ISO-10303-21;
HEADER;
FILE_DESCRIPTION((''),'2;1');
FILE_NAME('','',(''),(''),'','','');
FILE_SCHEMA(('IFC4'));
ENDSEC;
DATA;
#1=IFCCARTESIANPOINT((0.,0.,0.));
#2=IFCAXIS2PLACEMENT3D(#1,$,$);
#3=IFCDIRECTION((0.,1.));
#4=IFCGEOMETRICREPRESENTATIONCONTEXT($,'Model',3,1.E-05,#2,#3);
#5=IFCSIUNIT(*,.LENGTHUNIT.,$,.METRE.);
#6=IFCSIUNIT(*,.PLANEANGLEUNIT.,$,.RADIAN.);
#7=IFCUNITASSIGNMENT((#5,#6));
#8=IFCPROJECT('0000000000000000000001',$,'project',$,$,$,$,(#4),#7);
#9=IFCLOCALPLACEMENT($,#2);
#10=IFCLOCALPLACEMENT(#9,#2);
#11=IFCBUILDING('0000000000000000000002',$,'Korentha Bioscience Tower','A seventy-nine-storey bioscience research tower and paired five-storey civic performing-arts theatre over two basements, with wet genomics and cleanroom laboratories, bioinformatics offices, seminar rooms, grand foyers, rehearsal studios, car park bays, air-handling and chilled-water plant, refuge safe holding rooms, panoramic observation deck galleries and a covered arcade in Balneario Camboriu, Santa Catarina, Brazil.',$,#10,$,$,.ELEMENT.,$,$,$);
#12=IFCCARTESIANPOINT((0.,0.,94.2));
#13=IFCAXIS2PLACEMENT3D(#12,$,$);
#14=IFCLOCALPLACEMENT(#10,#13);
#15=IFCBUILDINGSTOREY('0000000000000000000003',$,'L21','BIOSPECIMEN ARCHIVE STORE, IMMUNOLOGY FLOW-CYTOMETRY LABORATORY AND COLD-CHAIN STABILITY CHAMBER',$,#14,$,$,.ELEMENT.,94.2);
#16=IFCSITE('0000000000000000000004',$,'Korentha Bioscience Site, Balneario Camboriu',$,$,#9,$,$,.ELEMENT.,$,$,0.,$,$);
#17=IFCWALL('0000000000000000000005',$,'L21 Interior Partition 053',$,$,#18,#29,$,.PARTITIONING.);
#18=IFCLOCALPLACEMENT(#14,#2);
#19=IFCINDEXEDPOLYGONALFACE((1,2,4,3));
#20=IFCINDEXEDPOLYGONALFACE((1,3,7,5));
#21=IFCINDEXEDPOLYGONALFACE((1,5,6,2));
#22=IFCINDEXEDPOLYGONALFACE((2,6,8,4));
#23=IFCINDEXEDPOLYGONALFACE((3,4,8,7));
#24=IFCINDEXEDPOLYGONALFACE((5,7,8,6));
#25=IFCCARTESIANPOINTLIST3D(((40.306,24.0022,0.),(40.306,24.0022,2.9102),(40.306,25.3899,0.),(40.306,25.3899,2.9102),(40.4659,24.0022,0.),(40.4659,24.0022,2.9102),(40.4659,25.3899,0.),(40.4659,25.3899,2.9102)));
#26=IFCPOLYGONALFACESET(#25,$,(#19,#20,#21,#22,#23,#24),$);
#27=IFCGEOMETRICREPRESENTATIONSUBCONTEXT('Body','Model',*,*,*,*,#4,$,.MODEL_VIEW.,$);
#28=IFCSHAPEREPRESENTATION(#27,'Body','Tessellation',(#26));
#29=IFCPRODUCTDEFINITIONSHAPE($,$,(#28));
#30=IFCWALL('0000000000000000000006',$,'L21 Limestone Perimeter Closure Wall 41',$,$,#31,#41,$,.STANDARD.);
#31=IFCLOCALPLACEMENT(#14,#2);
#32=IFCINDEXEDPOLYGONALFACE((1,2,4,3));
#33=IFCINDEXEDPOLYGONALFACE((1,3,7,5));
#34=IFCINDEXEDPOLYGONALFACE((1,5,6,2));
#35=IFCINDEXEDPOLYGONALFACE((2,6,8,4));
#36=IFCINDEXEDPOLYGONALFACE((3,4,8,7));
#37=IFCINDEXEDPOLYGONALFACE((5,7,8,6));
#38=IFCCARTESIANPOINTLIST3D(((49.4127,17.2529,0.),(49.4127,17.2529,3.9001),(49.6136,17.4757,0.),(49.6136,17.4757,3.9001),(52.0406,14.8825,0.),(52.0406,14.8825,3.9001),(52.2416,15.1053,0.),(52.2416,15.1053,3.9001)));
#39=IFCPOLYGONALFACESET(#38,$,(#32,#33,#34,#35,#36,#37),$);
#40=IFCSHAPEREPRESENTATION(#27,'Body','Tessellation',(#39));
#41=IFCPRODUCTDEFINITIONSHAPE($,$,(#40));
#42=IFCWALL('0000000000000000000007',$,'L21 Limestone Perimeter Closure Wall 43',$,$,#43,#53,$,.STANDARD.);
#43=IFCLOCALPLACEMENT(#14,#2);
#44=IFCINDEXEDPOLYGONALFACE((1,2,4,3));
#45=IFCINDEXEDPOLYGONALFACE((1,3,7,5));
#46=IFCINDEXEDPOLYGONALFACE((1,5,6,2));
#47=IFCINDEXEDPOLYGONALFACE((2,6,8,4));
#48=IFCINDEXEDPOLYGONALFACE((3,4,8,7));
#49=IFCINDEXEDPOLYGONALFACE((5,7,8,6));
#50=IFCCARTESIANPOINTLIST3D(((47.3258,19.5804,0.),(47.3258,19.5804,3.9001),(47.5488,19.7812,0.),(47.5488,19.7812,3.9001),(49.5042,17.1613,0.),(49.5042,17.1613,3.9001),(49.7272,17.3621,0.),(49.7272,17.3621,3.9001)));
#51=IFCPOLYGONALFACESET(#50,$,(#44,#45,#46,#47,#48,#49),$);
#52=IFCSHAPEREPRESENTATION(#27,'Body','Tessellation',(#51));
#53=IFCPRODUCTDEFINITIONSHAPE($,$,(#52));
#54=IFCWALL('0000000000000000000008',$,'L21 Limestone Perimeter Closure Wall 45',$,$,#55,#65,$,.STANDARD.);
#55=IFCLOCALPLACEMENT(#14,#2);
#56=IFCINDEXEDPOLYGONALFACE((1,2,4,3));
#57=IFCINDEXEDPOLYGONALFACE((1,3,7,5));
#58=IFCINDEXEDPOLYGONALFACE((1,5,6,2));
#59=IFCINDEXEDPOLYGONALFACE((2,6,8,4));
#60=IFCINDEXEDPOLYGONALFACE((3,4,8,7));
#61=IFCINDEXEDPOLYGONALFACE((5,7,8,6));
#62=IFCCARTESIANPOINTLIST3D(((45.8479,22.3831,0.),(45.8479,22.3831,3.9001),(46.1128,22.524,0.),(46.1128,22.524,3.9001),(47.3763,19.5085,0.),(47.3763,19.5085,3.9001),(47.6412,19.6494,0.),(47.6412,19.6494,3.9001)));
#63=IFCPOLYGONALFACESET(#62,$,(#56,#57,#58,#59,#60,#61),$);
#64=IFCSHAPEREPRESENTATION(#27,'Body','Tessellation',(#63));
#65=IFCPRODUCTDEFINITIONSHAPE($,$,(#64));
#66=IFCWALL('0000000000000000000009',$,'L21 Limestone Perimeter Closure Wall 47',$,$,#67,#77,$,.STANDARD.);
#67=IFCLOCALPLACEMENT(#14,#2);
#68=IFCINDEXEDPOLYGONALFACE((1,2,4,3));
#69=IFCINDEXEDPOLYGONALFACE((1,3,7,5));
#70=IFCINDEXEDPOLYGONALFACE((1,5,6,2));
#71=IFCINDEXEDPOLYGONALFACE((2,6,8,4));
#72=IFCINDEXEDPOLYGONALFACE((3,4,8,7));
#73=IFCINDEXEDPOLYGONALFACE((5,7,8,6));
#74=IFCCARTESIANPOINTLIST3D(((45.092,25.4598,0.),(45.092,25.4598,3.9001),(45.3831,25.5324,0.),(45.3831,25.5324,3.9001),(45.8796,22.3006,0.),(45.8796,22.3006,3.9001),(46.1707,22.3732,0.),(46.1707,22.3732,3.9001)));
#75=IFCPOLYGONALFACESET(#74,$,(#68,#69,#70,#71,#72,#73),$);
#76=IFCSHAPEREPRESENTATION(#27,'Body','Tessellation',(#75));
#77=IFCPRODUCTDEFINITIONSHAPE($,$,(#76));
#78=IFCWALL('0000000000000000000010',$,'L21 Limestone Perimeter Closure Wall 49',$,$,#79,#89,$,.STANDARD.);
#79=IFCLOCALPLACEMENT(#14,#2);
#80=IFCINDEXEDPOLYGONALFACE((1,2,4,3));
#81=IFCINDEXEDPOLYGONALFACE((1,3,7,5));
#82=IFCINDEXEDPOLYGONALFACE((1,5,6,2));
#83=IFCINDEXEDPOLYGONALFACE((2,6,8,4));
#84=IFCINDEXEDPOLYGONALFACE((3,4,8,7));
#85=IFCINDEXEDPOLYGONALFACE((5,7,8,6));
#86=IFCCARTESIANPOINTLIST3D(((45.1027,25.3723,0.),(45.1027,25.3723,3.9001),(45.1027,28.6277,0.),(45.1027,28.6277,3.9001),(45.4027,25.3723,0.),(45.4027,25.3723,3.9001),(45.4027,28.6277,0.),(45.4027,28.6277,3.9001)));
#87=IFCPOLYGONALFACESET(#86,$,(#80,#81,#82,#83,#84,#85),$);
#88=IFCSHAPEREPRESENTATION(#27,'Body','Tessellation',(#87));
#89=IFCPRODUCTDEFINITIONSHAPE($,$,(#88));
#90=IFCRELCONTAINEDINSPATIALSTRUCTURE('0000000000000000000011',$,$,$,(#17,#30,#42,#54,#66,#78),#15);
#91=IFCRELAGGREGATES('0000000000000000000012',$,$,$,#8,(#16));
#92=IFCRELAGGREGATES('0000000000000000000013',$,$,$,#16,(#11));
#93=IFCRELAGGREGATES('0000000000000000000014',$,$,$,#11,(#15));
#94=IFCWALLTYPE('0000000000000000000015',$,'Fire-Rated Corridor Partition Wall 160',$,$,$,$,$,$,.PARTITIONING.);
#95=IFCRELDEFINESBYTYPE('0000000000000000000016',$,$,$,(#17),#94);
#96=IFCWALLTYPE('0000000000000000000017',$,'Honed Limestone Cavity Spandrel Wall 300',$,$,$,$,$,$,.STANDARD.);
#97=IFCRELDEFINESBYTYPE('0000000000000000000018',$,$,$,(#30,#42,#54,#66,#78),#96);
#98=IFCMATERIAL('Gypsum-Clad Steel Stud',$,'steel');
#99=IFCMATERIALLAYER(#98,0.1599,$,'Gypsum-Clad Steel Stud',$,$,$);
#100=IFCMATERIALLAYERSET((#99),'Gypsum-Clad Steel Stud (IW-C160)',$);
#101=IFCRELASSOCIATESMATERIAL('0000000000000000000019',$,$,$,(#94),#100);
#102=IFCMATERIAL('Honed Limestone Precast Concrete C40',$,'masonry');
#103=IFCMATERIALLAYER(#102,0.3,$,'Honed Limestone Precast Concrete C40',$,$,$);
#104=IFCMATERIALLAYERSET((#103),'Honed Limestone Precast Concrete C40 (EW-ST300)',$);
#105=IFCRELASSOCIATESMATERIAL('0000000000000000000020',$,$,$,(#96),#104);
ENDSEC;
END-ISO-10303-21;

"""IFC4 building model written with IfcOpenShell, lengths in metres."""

from ifc_helpers import new_model, si_unit, direction, frame, frame_2d, origin, place, context, subcontext, project, spatial, rectangle, extrude, material, layer, layer_set, type_object, element, save


model = new_model("IFC4")

# Units and contexts
model_context = context("Model", 3, precision=1e-05, world=origin(), true_north=direction((0.0, 1.0)))
body_context = subcontext(model_context, "Body", "Model", "MODEL_VIEW")
ifc_project = project(units=[si_unit("LENGTHUNIT", "METRE"), si_unit("PLANEANGLEUNIT", "RADIAN")], contexts=[model_context])

# Site, building, storey
site_placement = place(None, origin())
site = spatial("IfcSite", under=ifc_project, at=site_placement, Name="Korentha Bioscience Site, Balneario Camboriu", CompositionType="ELEMENT", RefElevation=0.0)
building_placement = place(site_placement, origin())
building = spatial("IfcBuilding", under=site, at=building_placement, Name="Korentha Bioscience Tower", Description="A seventy-nine-storey bioscience research tower and paired five-storey civic performing-arts theatre over two basements, with wet genomics and cleanroom laboratories, bioinformatics offices, seminar rooms, grand foyers, rehearsal studios, car park bays, air-handling and chilled-water plant, refuge safe holding rooms, panoramic observation deck galleries and a covered arcade in Balneario Camboriu, Santa Catarina, Brazil.", CompositionType="ELEMENT")
storey_placement = place(building_placement, frame((0.0, 0.0, 94.2)))
storey = spatial("IfcBuildingStorey", under=building, at=storey_placement, Name="L21", Description="BIOSPECIMEN ARCHIVE STORE, IMMUNOLOGY FLOW-CYTOMETRY LABORATORY AND COLD-CHAIN STABILITY CHAMBER", CompositionType="ELEMENT", Elevation=94.2)

# Shared definitions
ifc_material_1 = material(Name="Gypsum-Clad Steel Stud", Category="steel")
ifc_layer_1 = layer(ifc_material_1, 0.1599, Name="Gypsum-Clad Steel Stud")
ifc_layer_set_1 = layer_set([ifc_layer_1], Name="Gypsum-Clad Steel Stud (IW-C160)")
wall_type_1 = type_object("IfcWallType", Name="Fire-Rated Corridor Partition Wall 160", PredefinedType="PARTITIONING", material=ifc_layer_set_1)

# Walls
wall_1_placement = place(storey_placement, frame((40.386, 25.3899, 0.0), z_axis=(0.0, 0.0, 1.0), x_axis=(0.0, -1.0, 0.0)))
element("IfcWall", 1, at=wall_1_placement, inside=storey, type_object=wall_type_1, Name="L21 Interior Partition 053", PredefinedType="PARTITIONING", context=body_context, shape_type="SweptSolid", body=[
    extrude(rectangle(XDim=1.3877, YDim=0.1599, at=frame_2d((0.6938, 0.0))), origin(), (0.0, 0.0, 1.0), 2.9102),
])
ifc_material_2 = material(Name="Honed Limestone Precast Concrete C40", Category="masonry")
ifc_layer_2 = layer(ifc_material_2, 0.3, Name="Honed Limestone Precast Concrete C40")
ifc_layer_set_2 = layer_set([ifc_layer_2], Name="Honed Limestone Precast Concrete C40 (EW-ST300)")
wall_type_2 = type_object("IfcWallType", Name="Honed Limestone Cavity Spandrel Wall 300", PredefinedType="STANDARD", material=ifc_layer_set_2)
wall_2_placement = place(storey_placement, frame((52.1411, 14.9939, 0.0), z_axis=(0.0, 0.0, 1.0), x_axis=(-0.74256, 0.66978, 0.0)))
element("IfcWall", 2, at=wall_2_placement, inside=storey, type_object=wall_type_2, Name="L21 Limestone Perimeter Closure Wall 41", PredefinedType="STANDARD", context=body_context, shape_type="SweptSolid", body=[
    extrude(rectangle(XDim=3.5391, YDim=0.3, at=frame_2d((1.7695, 0.0))), origin(), (0.0, 0.0, 1.0), 3.9001),
])
wall_3_placement = place(storey_placement, frame((49.6157, 17.2617, 0.0), z_axis=(0.0, 0.0, 1.0), x_axis=(-0.669168, 0.743111, 0.0)))
element("IfcWall", 3, at=wall_3_placement, inside=storey, type_object=wall_type_2, Name="L21 Limestone Perimeter Closure Wall 43", PredefinedType="STANDARD", context=body_context, shape_type="SweptSolid", body=[
    extrude(rectangle(XDim=3.2554, YDim=0.3, at=frame_2d((1.6277, 0.0))), origin(), (0.0, 0.0, 1.0), 3.9001),
])
wall_4_placement = place(storey_placement, frame((47.5088, 19.5789, 0.0), z_axis=(0.0, 0.0, 1.0), x_axis=(-0.469451, 0.882958, 0.0)))
element("IfcWall", 4, at=wall_4_placement, inside=storey, type_object=wall_type_2, Name="L21 Limestone Perimeter Closure Wall 45", PredefinedType="STANDARD", context=body_context, shape_type="SweptSolid", body=[
    extrude(rectangle(XDim=3.2556, YDim=0.3, at=frame_2d((1.6279, 0.0))), origin(), (0.0, 0.0, 1.0), 3.9001),
])
wall_5_placement = place(storey_placement, frame((46.0251, 22.3369, 0.0), z_axis=(0.0, 0.0, 1.0), x_axis=(-0.2419, 0.970301, 0.0)))
element("IfcWall", 5, at=wall_5_placement, inside=storey, type_object=wall_type_2, Name="L21 Limestone Perimeter Closure Wall 47", PredefinedType="STANDARD", context=body_context, shape_type="SweptSolid", body=[
    extrude(rectangle(XDim=3.2559, YDim=0.3, at=frame_2d((1.6279, 0.0))), origin(), (0.0, 0.0, 1.0), 3.9001),
])
wall_6_placement = place(storey_placement, frame((45.2527, 25.3723, 0.0), z_axis=(0.0, 0.0, 1.0), x_axis=(0.0, 1.0, 0.0)))
element("IfcWall", 6, at=wall_6_placement, inside=storey, type_object=wall_type_2, Name="L21 Limestone Perimeter Closure Wall 49", PredefinedType="STANDARD", context=body_context, shape_type="SweptSolid", body=[
    extrude(rectangle(XDim=3.2554, YDim=0.3, at=frame_2d((1.6277, 0.0))), origin(), (0.0, 0.0, 1.0), 3.9001),
])

save(model, "model.ifc")
